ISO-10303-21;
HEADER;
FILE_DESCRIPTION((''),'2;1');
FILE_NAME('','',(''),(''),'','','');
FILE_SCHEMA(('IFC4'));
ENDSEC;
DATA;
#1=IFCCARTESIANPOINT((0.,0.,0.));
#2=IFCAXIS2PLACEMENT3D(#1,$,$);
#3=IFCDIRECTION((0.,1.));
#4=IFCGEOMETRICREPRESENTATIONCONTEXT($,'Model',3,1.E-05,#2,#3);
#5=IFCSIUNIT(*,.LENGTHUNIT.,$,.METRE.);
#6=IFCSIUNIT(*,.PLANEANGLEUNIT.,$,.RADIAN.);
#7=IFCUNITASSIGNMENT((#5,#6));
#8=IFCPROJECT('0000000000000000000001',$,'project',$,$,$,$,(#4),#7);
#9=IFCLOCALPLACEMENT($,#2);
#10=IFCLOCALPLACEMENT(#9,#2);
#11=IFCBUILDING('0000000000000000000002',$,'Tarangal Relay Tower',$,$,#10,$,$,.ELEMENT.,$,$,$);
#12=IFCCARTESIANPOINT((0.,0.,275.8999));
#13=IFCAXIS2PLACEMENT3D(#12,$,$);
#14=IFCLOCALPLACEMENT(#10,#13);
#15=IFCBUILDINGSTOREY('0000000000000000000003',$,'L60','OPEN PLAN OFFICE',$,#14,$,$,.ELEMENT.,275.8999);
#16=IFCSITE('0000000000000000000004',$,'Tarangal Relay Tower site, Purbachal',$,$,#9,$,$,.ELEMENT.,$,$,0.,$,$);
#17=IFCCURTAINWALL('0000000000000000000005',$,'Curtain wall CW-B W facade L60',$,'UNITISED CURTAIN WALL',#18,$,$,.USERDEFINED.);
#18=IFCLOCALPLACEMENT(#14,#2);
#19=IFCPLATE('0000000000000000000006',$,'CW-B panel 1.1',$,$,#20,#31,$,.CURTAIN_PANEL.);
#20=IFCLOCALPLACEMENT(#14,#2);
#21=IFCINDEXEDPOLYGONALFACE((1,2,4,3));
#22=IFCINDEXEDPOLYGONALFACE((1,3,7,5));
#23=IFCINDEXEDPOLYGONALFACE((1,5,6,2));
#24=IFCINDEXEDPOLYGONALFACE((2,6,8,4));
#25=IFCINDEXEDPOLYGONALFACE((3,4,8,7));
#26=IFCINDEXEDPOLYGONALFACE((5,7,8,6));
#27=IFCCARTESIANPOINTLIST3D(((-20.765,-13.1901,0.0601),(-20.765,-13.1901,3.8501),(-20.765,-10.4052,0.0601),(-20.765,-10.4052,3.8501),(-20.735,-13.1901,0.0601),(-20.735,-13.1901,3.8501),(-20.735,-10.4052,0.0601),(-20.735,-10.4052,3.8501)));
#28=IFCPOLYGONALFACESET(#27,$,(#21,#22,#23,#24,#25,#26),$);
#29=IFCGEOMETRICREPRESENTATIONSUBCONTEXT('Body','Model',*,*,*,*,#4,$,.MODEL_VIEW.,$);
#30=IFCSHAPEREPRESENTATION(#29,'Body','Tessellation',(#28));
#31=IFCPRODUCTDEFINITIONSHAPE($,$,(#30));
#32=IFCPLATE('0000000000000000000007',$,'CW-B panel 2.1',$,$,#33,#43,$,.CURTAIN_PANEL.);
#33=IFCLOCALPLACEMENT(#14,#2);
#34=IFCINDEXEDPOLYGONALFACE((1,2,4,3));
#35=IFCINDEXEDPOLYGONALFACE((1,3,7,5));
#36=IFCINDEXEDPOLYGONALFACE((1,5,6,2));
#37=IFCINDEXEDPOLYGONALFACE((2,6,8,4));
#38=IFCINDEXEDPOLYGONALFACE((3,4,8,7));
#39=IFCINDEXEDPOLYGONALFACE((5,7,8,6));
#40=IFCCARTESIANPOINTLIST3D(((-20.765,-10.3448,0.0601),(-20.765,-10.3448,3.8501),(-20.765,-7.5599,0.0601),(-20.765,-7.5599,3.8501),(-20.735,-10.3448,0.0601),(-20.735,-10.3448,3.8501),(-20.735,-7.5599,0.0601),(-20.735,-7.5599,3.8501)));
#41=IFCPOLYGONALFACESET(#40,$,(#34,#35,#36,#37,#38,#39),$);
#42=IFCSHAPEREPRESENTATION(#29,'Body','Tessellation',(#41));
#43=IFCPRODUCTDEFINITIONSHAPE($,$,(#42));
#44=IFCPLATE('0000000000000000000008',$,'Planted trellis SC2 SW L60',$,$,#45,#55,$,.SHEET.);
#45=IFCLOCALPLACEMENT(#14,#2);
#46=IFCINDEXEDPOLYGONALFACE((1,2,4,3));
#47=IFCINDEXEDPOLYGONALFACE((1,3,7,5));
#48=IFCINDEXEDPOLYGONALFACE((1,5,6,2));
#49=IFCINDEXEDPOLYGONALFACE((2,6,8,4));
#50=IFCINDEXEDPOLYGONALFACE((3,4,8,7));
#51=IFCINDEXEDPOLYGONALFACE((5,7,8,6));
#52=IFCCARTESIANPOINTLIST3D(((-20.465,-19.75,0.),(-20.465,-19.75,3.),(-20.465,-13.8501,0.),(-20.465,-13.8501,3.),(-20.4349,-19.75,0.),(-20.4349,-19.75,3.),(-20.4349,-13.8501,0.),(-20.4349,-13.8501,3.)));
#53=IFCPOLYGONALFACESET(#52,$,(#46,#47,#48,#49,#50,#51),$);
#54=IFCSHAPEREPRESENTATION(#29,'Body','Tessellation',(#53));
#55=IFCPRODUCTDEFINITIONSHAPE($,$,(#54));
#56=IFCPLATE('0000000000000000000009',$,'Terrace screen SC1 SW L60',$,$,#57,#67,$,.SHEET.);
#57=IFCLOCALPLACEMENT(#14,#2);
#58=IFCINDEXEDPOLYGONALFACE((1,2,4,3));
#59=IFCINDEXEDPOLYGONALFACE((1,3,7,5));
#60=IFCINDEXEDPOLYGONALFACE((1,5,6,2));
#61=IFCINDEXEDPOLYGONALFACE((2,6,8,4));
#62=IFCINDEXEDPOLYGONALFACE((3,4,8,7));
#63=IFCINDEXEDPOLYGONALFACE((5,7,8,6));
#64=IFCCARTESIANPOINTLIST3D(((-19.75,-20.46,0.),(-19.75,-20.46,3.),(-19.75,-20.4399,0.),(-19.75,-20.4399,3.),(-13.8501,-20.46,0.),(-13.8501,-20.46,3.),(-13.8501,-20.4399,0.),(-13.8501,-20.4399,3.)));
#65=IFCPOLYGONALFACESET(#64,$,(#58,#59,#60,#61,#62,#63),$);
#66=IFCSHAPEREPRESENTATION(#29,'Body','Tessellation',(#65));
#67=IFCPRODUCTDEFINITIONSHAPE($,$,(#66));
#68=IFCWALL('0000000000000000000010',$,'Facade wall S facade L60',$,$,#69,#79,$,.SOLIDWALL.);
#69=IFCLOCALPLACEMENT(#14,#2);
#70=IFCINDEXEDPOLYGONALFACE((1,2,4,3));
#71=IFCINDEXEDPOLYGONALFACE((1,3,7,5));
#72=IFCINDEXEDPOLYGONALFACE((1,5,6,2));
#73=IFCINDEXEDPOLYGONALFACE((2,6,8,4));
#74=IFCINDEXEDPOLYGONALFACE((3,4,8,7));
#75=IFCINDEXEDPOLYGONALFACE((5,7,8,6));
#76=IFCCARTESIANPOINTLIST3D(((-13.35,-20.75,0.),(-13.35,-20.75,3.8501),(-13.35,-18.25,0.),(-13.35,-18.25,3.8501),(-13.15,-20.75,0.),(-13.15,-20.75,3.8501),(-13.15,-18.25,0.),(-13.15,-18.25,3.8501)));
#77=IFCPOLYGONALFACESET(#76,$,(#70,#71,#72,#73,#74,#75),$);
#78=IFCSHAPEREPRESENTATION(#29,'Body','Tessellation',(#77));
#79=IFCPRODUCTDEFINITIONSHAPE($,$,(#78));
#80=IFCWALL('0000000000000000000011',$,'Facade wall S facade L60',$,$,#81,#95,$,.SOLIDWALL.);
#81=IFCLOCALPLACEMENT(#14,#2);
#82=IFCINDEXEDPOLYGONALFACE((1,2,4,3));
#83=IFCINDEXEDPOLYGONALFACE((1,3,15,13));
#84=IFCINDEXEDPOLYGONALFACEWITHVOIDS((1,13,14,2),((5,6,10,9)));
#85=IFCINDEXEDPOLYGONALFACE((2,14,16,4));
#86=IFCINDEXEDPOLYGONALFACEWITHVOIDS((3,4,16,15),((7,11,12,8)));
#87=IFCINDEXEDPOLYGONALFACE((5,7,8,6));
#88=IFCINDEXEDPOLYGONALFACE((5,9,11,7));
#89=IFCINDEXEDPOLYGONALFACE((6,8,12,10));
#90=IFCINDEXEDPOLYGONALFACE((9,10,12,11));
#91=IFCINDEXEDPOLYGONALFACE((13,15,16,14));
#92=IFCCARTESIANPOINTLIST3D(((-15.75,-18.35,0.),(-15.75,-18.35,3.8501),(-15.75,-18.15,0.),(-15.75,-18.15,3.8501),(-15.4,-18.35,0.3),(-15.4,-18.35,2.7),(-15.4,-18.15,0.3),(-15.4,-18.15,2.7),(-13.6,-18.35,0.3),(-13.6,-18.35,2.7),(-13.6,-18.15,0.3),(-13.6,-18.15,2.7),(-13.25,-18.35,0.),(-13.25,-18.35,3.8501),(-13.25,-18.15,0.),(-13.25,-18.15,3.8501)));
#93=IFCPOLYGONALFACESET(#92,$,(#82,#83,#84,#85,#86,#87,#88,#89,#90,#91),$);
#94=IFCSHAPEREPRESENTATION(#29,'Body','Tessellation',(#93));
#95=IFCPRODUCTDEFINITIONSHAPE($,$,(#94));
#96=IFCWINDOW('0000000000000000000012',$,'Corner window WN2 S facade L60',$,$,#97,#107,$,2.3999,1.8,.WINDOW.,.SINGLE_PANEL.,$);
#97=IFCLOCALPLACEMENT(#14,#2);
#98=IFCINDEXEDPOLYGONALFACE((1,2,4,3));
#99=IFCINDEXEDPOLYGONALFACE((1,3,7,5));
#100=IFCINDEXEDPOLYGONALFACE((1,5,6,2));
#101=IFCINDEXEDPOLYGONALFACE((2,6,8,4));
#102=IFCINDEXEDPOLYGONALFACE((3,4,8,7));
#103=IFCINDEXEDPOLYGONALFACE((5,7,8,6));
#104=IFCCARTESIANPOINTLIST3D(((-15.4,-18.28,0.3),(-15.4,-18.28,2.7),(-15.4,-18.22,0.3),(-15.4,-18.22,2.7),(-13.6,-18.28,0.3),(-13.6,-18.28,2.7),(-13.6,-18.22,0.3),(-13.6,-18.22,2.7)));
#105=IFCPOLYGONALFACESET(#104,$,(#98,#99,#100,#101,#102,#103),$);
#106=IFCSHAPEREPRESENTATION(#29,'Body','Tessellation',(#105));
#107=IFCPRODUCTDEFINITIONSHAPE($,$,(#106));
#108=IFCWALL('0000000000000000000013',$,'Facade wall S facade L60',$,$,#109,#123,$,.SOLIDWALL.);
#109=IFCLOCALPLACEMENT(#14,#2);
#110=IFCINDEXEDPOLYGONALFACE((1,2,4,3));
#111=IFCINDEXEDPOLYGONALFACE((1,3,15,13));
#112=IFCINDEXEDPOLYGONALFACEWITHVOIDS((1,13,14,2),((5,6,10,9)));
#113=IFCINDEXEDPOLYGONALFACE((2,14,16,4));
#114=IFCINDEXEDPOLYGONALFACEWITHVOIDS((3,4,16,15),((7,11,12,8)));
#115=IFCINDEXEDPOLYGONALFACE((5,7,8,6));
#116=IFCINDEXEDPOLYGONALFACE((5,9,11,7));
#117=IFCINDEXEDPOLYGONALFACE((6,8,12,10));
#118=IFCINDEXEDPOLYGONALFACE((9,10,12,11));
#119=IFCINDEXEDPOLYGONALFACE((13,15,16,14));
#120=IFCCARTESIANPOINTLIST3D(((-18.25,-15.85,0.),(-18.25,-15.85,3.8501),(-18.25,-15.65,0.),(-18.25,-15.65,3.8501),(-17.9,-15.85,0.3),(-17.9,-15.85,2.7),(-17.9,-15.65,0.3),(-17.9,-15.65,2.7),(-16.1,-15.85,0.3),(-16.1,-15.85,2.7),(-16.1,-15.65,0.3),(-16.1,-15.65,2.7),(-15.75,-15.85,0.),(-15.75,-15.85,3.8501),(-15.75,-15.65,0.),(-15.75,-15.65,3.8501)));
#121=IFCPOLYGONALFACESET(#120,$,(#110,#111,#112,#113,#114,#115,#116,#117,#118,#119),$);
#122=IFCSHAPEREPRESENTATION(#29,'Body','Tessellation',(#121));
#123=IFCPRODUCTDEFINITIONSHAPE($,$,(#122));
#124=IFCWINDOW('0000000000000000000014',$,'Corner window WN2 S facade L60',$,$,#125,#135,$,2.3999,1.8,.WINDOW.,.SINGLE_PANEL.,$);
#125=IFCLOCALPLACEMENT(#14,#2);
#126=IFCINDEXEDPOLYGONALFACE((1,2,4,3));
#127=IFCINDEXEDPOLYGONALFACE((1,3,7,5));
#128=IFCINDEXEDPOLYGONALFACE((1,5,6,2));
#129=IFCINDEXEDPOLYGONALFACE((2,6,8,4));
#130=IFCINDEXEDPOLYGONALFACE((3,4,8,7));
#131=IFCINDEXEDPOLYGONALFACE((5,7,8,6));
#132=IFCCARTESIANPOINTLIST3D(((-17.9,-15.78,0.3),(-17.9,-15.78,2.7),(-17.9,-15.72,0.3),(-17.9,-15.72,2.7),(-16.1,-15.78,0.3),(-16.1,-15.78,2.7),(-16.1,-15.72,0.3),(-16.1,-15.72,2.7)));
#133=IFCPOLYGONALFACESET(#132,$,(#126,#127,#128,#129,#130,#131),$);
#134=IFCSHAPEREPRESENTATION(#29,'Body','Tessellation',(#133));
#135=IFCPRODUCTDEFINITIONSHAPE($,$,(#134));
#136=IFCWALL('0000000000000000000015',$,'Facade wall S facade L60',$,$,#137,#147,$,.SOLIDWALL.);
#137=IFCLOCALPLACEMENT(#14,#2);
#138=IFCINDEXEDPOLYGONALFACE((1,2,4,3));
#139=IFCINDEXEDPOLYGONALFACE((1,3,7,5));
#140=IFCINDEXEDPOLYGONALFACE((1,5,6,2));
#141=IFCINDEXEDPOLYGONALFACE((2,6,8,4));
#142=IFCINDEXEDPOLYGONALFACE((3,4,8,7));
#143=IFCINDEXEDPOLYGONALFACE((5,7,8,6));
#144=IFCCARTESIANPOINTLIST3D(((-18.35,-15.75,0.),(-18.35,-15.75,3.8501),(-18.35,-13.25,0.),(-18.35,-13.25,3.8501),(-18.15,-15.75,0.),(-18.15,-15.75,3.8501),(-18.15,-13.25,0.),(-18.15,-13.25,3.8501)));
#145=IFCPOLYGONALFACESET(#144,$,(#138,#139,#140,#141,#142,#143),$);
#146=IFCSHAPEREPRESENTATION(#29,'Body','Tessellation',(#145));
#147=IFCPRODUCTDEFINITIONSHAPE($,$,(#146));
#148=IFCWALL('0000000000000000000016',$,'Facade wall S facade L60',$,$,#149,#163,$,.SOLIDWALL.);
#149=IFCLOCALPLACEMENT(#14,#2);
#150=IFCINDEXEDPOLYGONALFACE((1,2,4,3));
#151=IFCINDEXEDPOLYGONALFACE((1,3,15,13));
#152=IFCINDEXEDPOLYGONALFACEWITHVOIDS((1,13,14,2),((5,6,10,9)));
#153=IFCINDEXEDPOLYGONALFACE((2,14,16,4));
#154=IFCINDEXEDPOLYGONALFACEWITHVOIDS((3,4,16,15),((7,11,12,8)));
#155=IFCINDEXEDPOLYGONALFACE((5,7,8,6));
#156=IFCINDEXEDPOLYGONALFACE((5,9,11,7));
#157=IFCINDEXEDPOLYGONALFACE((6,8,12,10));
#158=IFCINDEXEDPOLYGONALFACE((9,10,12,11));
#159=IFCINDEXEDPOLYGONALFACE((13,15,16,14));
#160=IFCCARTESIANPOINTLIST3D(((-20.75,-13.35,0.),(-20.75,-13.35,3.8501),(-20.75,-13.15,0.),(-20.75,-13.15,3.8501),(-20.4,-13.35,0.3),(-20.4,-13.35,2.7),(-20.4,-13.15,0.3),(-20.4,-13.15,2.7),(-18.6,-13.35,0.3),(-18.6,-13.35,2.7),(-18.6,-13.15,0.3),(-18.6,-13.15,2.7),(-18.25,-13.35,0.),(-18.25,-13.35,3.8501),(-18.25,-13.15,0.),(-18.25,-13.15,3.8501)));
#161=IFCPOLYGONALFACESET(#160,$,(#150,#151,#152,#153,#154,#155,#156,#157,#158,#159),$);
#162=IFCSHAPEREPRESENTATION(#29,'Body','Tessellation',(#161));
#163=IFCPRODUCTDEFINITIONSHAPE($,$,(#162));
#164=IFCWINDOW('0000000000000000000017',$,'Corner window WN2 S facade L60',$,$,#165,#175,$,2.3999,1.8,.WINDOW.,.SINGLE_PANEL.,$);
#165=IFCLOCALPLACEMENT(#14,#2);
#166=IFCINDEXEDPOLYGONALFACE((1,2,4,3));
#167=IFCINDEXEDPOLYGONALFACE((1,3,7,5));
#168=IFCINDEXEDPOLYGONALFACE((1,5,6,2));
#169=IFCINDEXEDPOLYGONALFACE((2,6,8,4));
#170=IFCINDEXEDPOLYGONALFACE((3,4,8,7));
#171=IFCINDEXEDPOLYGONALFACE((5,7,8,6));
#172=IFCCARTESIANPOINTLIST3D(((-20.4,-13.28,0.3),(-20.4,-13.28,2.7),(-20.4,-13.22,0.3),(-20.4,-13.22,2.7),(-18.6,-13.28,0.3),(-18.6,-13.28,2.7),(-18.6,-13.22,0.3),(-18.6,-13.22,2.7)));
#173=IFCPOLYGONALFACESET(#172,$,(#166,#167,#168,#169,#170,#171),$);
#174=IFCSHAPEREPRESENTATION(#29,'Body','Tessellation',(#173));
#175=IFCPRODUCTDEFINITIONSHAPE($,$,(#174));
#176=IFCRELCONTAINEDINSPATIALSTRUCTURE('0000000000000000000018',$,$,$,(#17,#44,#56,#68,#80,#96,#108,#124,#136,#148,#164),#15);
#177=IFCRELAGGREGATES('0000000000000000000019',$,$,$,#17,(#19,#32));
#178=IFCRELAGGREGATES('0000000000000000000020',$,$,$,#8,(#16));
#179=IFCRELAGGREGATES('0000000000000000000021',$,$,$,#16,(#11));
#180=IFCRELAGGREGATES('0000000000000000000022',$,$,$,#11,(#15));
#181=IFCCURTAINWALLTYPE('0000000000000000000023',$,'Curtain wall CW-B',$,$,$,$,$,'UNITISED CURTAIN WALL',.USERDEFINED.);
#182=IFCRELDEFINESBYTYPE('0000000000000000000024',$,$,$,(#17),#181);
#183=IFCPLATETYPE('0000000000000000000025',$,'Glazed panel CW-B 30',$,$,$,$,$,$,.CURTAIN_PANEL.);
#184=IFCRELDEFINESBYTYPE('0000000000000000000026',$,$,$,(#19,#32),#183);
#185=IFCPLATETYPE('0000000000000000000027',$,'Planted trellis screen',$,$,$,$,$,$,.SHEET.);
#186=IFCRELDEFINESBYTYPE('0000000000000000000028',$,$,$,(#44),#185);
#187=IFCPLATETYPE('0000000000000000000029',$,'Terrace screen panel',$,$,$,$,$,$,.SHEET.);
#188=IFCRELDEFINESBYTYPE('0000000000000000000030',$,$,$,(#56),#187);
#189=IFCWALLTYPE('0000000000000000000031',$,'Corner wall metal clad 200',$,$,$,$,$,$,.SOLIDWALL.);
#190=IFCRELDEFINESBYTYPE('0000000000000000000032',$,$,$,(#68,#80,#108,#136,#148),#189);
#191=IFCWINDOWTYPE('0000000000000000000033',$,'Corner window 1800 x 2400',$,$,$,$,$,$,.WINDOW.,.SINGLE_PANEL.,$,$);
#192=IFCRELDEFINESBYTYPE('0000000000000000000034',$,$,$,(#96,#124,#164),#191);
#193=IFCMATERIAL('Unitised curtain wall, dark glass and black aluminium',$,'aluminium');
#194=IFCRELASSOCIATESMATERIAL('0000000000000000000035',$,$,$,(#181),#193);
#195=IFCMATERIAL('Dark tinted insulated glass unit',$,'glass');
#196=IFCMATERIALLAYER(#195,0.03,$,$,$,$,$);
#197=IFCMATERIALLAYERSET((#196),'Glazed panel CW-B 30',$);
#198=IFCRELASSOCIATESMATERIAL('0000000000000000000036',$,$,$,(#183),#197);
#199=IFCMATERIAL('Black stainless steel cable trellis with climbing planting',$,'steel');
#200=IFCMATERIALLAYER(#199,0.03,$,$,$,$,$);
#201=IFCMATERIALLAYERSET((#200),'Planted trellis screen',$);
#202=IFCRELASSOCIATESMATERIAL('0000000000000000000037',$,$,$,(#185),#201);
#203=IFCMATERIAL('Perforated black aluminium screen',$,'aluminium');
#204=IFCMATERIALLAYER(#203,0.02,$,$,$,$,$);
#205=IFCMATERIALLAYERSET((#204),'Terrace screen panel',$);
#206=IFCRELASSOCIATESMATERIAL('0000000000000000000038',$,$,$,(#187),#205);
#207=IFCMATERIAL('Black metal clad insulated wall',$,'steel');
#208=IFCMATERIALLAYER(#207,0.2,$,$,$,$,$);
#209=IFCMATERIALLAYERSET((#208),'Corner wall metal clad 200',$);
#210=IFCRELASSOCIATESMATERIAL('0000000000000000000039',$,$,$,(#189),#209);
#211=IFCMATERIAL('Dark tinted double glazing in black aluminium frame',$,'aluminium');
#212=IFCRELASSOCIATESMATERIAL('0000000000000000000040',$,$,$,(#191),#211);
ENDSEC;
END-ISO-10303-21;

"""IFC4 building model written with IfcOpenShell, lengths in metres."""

from ifc_helpers import new_model, si_unit, direction, frame, frame_2d, origin, origin_2d, place, context, subcontext, project, spatial, rectangle, extrude, material, layer, layer_set, type_object, element, fill, aggregate, save


model = new_model("IFC4")

# Units and contexts
model_context = context("Model", 3, precision=1e-05, world=origin(), true_north=direction((0.0, 1.0)))
body_context = subcontext(model_context, "Body", "Model", "MODEL_VIEW")
ifc_project = project(units=[si_unit("LENGTHUNIT", "METRE"), si_unit("PLANEANGLEUNIT", "RADIAN")], contexts=[model_context])

# Site, building, storey
site_placement = place(None, origin())
site = spatial("IfcSite", under=ifc_project, at=site_placement, Name="Tarangal Relay Tower site, Purbachal", CompositionType="ELEMENT", RefElevation=0.0)
building_placement = place(site_placement, origin())
building = spatial("IfcBuilding", under=site, at=building_placement, Name="Tarangal Relay Tower", CompositionType="ELEMENT")
storey_placement = place(building_placement, frame((0.0, 0.0, 275.8999)))
storey = spatial("IfcBuildingStorey", under=building, at=storey_placement, Name="L60", Description="OPEN PLAN OFFICE", CompositionType="ELEMENT", Elevation=275.8999)

# Shared definitions
ifc_material_1 = material(Name="Unitised curtain wall, dark glass and black aluminium", Category="aluminium")
curtain_wall_type = type_object("IfcCurtainWallType", Name="Curtain wall CW-B", ElementType="UNITISED CURTAIN WALL", PredefinedType="USERDEFINED", material=ifc_material_1)

# Curtain wall, plates
curtain_wall_1_placement = place(storey_placement, origin())
curtain_wall_1 = element("IfcCurtainWall", 1, at=curtain_wall_1_placement, inside=storey, type_object=curtain_wall_type, Name="Curtain wall CW-B W facade L60", ObjectType="UNITISED CURTAIN WALL", PredefinedType="USERDEFINED")
ifc_material_2 = material(Name="Dark tinted insulated glass unit", Category="glass")
ifc_layer_1 = layer(ifc_material_2, 0.03)
ifc_layer_set_1 = layer_set([ifc_layer_1], Name="Glazed panel CW-B 30")
plate_type_1 = type_object("IfcPlateType", Name="Glazed panel CW-B 30", PredefinedType="CURTAIN_PANEL", material=ifc_layer_set_1)
plate_1_placement = place(storey_placement, frame((-20.75, -11.7976, 0.0601), z_axis=(0.0, 0.0, 1.0), x_axis=(0.0, 1.0, 0.0)))
plate_1 = element("IfcPlate", 2, at=plate_1_placement, type_object=plate_type_1, Name="CW-B panel 1.1", PredefinedType="CURTAIN_PANEL", context=body_context, shape_type="SweptSolid", body=[
    extrude(rectangle(XDim=2.7849, YDim=0.03, at=origin_2d()), origin(), (0.0, 0.0, 1.0), 3.79),
])
plate_2_placement = place(storey_placement, frame((-20.75, -8.9524, 0.0601), z_axis=(0.0, 0.0, 1.0), x_axis=(0.0, 1.0, 0.0)))
plate_2 = element("IfcPlate", 3, at=plate_2_placement, type_object=plate_type_1, Name="CW-B panel 2.1", PredefinedType="CURTAIN_PANEL", context=body_context, shape_type="SweptSolid", body=[
    extrude(rectangle(XDim=2.7849, YDim=0.03, at=origin_2d()), origin(), (0.0, 0.0, 1.0), 3.79),
])
aggregate(curtain_wall_1, [plate_1, plate_2])

# Plates
ifc_material_3 = material(Name="Black stainless steel cable trellis with climbing planting", Category="steel")
ifc_layer_2 = layer(ifc_material_3, 0.03)
ifc_layer_set_2 = layer_set([ifc_layer_2], Name="Planted trellis screen")
plate_type_2 = type_object("IfcPlateType", Name="Planted trellis screen", PredefinedType="SHEET", material=ifc_layer_set_2)
plate_3_placement = place(storey_placement, frame((-20.45, -16.8, 0.0), z_axis=(0.0, 0.0, 1.0), x_axis=(0.0, 1.0, 0.0)))
element("IfcPlate", 4, at=plate_3_placement, inside=storey, type_object=plate_type_2, Name="Planted trellis SC2 SW L60", PredefinedType="SHEET", context=body_context, shape_type="SweptSolid", body=[
    extrude(rectangle(XDim=5.8999, YDim=0.03, at=origin_2d()), origin(), (0.0, 0.0, 1.0), 3.0),
])
ifc_material_4 = material(Name="Perforated black aluminium screen", Category="aluminium")
ifc_layer_3 = layer(ifc_material_4, 0.02)
ifc_layer_set_3 = layer_set([ifc_layer_3], Name="Terrace screen panel")
plate_type_3 = type_object("IfcPlateType", Name="Terrace screen panel", PredefinedType="SHEET", material=ifc_layer_set_3)
plate_4_placement = place(storey_placement, frame((-16.8, -20.45, 0.0), z_axis=(0.0, 0.0, 1.0), x_axis=(-1.0, 0.0, 0.0)))
element("IfcPlate", 5, at=plate_4_placement, inside=storey, type_object=plate_type_3, Name="Terrace screen SC1 SW L60", PredefinedType="SHEET", context=body_context, shape_type="SweptSolid", body=[
    extrude(rectangle(XDim=5.8999, YDim=0.02, at=origin_2d()), origin(), (0.0, 0.0, 1.0), 3.0),
])

# Wall
ifc_material_5 = material(Name="Black metal clad insulated wall", Category="steel")
ifc_layer_4 = layer(ifc_material_5, 0.2)
ifc_layer_set_4 = layer_set([ifc_layer_4], Name="Corner wall metal clad 200")
wall_type_1 = type_object("IfcWallType", Name="Corner wall metal clad 200", PredefinedType="SOLIDWALL", material=ifc_layer_set_4)
wall_1_placement = place(storey_placement, frame((-13.25, -20.75, 0.0), z_axis=(0.0, 0.0, 1.0), x_axis=(0.0, 1.0, 0.0)))
element("IfcWall", 6, at=wall_1_placement, inside=storey, type_object=wall_type_1, Name="Facade wall S facade L60", PredefinedType="SOLIDWALL", context=body_context, shape_type="SweptSolid", body=[
    extrude(rectangle(XDim=2.5, YDim=0.2, at=frame_2d((1.25, 0.0))), origin(), (0.0, 0.0, 1.0), 3.8501),
])

# Wall, opening, window
wall_2_placement = place(storey_placement, frame((-13.25, -18.25, 0.0), z_axis=(0.0, 0.0, 1.0), x_axis=(-1.0, 0.0, 0.0)))
wall_2 = element("IfcWall", 7, at=wall_2_placement, inside=storey, type_object=wall_type_1, Name="Facade wall S facade L60", PredefinedType="SOLIDWALL", context=body_context, shape_type="SweptSolid", body=[
    extrude(rectangle(XDim=2.5, YDim=0.2, at=frame_2d((1.25, 0.0))), origin(), (0.0, 0.0, 1.0), 3.8501),
])
opening_1_placement = place(wall_2_placement, frame((0.3501, 0.0, 0.3)))
opening_1 = element("IfcOpeningElement", 8, at=opening_1_placement, cuts=wall_2, PredefinedType="OPENING", context=body_context, shape_type="SweptSolid", body=[
    extrude(rectangle(XDim=1.8, YDim=2.3999, at=frame_2d((0.8999, 1.2))), frame((0.0, 0.1099, 0.0), z_axis=(0.0, -1.0, 0.0), x_axis=(1.0, 0.0, 0.0)), (0.0, 0.0, 1.0), 0.22),
])
ifc_material_6 = material(Name="Dark tinted double glazing in black aluminium frame", Category="aluminium")
window_type = type_object("IfcWindowType", Name="Corner window 1800 x 2400", PartitioningType="SINGLE_PANEL", PredefinedType="WINDOW", material=ifc_material_6)
window_1_placement = place(opening_1_placement, origin())
window_1 = element("IfcWindow", 9, at=window_1_placement, inside=storey, type_object=window_type, Name="Corner window WN2 S facade L60", OverallHeight=2.3999, OverallWidth=1.8, PartitioningType="SINGLE_PANEL", PredefinedType="WINDOW", context=body_context, shape_type="SweptSolid", body=[
    extrude(rectangle(XDim=1.8, YDim=2.3999, at=frame_2d((0.8999, 1.2))), frame((0.0, 0.03, 0.0), z_axis=(0.0, -1.0, 0.0), x_axis=(1.0, 0.0, 0.0)), (0.0, 0.0, 1.0), 0.0601),
])
fill(opening_1, window_1)

# Wall, opening, window
wall_3_placement = place(storey_placement, frame((-15.75, -15.75, 0.0), z_axis=(0.0, 0.0, 1.0), x_axis=(-1.0, 0.0, 0.0)))
wall_3 = element("IfcWall", 10, at=wall_3_placement, inside=storey, type_object=wall_type_1, Name="Facade wall S facade L60", PredefinedType="SOLIDWALL", context=body_context, shape_type="SweptSolid", body=[
    extrude(rectangle(XDim=2.5, YDim=0.2, at=frame_2d((1.25, 0.0))), origin(), (0.0, 0.0, 1.0), 3.8501),
])
opening_2_placement = place(wall_3_placement, frame((0.3501, 0.0, 0.3)))
opening_2 = element("IfcOpeningElement", 11, at=opening_2_placement, cuts=wall_3, PredefinedType="OPENING", context=body_context, shape_type="SweptSolid", body=[
    extrude(rectangle(XDim=1.8, YDim=2.3999, at=frame_2d((0.8999, 1.2))), frame((0.0, 0.1099, 0.0), z_axis=(0.0, -1.0, 0.0), x_axis=(1.0, 0.0, 0.0)), (0.0, 0.0, 1.0), 0.22),
])
window_2_placement = place(opening_2_placement, origin())
window_2 = element("IfcWindow", 12, at=window_2_placement, inside=storey, type_object=window_type, Name="Corner window WN2 S facade L60", OverallHeight=2.3999, OverallWidth=1.8, PartitioningType="SINGLE_PANEL", PredefinedType="WINDOW", context=body_context, shape_type="SweptSolid", body=[
    extrude(rectangle(XDim=1.8, YDim=2.3999, at=frame_2d((0.8999, 1.2))), frame((0.0, 0.03, 0.0), z_axis=(0.0, -1.0, 0.0), x_axis=(1.0, 0.0, 0.0)), (0.0, 0.0, 1.0), 0.0601),
])
fill(opening_2, window_2)

# Wall
wall_4_placement = place(storey_placement, frame((-18.25, -15.75, 0.0), z_axis=(0.0, 0.0, 1.0), x_axis=(0.0, 1.0, 0.0)))
element("IfcWall", 13, at=wall_4_placement, inside=storey, type_object=wall_type_1, Name="Facade wall S facade L60", PredefinedType="SOLIDWALL", context=body_context, shape_type="SweptSolid", body=[
    extrude(rectangle(XDim=2.5, YDim=0.2, at=frame_2d((1.25, 0.0))), origin(), (0.0, 0.0, 1.0), 3.8501),
])

# Wall, opening, window
wall_5_placement = place(storey_placement, frame((-18.25, -13.25, 0.0), z_axis=(0.0, 0.0, 1.0), x_axis=(-1.0, 0.0, 0.0)))
wall_5 = element("IfcWall", 14, at=wall_5_placement, inside=storey, type_object=wall_type_1, Name="Facade wall S facade L60", PredefinedType="SOLIDWALL", context=body_context, shape_type="SweptSolid", body=[
    extrude(rectangle(XDim=2.5, YDim=0.2, at=frame_2d((1.25, 0.0))), origin(), (0.0, 0.0, 1.0), 3.8501),
])
opening_3_placement = place(wall_5_placement, frame((0.3501, 0.0, 0.3)))
opening_3 = element("IfcOpeningElement", 15, at=opening_3_placement, cuts=wall_5, PredefinedType="OPENING", context=body_context, shape_type="SweptSolid", body=[
    extrude(rectangle(XDim=1.8, YDim=2.3999, at=frame_2d((0.8999, 1.2))), frame((0.0, 0.1099, 0.0), z_axis=(0.0, -1.0, 0.0), x_axis=(1.0, 0.0, 0.0)), (0.0, 0.0, 1.0), 0.22),
])
window_3_placement = place(opening_3_placement, origin())
window_3 = element("IfcWindow", 16, at=window_3_placement, inside=storey, type_object=window_type, Name="Corner window WN2 S facade L60", OverallHeight=2.3999, OverallWidth=1.8, PartitioningType="SINGLE_PANEL", PredefinedType="WINDOW", context=body_context, shape_type="SweptSolid", body=[
    extrude(rectangle(XDim=1.8, YDim=2.3999, at=frame_2d((0.8999, 1.2))), frame((0.0, 0.03, 0.0), z_axis=(0.0, -1.0, 0.0), x_axis=(1.0, 0.0, 0.0)), (0.0, 0.0, 1.0), 0.0601),
])
fill(opening_3, window_3)

save(model, "model.ifc")
